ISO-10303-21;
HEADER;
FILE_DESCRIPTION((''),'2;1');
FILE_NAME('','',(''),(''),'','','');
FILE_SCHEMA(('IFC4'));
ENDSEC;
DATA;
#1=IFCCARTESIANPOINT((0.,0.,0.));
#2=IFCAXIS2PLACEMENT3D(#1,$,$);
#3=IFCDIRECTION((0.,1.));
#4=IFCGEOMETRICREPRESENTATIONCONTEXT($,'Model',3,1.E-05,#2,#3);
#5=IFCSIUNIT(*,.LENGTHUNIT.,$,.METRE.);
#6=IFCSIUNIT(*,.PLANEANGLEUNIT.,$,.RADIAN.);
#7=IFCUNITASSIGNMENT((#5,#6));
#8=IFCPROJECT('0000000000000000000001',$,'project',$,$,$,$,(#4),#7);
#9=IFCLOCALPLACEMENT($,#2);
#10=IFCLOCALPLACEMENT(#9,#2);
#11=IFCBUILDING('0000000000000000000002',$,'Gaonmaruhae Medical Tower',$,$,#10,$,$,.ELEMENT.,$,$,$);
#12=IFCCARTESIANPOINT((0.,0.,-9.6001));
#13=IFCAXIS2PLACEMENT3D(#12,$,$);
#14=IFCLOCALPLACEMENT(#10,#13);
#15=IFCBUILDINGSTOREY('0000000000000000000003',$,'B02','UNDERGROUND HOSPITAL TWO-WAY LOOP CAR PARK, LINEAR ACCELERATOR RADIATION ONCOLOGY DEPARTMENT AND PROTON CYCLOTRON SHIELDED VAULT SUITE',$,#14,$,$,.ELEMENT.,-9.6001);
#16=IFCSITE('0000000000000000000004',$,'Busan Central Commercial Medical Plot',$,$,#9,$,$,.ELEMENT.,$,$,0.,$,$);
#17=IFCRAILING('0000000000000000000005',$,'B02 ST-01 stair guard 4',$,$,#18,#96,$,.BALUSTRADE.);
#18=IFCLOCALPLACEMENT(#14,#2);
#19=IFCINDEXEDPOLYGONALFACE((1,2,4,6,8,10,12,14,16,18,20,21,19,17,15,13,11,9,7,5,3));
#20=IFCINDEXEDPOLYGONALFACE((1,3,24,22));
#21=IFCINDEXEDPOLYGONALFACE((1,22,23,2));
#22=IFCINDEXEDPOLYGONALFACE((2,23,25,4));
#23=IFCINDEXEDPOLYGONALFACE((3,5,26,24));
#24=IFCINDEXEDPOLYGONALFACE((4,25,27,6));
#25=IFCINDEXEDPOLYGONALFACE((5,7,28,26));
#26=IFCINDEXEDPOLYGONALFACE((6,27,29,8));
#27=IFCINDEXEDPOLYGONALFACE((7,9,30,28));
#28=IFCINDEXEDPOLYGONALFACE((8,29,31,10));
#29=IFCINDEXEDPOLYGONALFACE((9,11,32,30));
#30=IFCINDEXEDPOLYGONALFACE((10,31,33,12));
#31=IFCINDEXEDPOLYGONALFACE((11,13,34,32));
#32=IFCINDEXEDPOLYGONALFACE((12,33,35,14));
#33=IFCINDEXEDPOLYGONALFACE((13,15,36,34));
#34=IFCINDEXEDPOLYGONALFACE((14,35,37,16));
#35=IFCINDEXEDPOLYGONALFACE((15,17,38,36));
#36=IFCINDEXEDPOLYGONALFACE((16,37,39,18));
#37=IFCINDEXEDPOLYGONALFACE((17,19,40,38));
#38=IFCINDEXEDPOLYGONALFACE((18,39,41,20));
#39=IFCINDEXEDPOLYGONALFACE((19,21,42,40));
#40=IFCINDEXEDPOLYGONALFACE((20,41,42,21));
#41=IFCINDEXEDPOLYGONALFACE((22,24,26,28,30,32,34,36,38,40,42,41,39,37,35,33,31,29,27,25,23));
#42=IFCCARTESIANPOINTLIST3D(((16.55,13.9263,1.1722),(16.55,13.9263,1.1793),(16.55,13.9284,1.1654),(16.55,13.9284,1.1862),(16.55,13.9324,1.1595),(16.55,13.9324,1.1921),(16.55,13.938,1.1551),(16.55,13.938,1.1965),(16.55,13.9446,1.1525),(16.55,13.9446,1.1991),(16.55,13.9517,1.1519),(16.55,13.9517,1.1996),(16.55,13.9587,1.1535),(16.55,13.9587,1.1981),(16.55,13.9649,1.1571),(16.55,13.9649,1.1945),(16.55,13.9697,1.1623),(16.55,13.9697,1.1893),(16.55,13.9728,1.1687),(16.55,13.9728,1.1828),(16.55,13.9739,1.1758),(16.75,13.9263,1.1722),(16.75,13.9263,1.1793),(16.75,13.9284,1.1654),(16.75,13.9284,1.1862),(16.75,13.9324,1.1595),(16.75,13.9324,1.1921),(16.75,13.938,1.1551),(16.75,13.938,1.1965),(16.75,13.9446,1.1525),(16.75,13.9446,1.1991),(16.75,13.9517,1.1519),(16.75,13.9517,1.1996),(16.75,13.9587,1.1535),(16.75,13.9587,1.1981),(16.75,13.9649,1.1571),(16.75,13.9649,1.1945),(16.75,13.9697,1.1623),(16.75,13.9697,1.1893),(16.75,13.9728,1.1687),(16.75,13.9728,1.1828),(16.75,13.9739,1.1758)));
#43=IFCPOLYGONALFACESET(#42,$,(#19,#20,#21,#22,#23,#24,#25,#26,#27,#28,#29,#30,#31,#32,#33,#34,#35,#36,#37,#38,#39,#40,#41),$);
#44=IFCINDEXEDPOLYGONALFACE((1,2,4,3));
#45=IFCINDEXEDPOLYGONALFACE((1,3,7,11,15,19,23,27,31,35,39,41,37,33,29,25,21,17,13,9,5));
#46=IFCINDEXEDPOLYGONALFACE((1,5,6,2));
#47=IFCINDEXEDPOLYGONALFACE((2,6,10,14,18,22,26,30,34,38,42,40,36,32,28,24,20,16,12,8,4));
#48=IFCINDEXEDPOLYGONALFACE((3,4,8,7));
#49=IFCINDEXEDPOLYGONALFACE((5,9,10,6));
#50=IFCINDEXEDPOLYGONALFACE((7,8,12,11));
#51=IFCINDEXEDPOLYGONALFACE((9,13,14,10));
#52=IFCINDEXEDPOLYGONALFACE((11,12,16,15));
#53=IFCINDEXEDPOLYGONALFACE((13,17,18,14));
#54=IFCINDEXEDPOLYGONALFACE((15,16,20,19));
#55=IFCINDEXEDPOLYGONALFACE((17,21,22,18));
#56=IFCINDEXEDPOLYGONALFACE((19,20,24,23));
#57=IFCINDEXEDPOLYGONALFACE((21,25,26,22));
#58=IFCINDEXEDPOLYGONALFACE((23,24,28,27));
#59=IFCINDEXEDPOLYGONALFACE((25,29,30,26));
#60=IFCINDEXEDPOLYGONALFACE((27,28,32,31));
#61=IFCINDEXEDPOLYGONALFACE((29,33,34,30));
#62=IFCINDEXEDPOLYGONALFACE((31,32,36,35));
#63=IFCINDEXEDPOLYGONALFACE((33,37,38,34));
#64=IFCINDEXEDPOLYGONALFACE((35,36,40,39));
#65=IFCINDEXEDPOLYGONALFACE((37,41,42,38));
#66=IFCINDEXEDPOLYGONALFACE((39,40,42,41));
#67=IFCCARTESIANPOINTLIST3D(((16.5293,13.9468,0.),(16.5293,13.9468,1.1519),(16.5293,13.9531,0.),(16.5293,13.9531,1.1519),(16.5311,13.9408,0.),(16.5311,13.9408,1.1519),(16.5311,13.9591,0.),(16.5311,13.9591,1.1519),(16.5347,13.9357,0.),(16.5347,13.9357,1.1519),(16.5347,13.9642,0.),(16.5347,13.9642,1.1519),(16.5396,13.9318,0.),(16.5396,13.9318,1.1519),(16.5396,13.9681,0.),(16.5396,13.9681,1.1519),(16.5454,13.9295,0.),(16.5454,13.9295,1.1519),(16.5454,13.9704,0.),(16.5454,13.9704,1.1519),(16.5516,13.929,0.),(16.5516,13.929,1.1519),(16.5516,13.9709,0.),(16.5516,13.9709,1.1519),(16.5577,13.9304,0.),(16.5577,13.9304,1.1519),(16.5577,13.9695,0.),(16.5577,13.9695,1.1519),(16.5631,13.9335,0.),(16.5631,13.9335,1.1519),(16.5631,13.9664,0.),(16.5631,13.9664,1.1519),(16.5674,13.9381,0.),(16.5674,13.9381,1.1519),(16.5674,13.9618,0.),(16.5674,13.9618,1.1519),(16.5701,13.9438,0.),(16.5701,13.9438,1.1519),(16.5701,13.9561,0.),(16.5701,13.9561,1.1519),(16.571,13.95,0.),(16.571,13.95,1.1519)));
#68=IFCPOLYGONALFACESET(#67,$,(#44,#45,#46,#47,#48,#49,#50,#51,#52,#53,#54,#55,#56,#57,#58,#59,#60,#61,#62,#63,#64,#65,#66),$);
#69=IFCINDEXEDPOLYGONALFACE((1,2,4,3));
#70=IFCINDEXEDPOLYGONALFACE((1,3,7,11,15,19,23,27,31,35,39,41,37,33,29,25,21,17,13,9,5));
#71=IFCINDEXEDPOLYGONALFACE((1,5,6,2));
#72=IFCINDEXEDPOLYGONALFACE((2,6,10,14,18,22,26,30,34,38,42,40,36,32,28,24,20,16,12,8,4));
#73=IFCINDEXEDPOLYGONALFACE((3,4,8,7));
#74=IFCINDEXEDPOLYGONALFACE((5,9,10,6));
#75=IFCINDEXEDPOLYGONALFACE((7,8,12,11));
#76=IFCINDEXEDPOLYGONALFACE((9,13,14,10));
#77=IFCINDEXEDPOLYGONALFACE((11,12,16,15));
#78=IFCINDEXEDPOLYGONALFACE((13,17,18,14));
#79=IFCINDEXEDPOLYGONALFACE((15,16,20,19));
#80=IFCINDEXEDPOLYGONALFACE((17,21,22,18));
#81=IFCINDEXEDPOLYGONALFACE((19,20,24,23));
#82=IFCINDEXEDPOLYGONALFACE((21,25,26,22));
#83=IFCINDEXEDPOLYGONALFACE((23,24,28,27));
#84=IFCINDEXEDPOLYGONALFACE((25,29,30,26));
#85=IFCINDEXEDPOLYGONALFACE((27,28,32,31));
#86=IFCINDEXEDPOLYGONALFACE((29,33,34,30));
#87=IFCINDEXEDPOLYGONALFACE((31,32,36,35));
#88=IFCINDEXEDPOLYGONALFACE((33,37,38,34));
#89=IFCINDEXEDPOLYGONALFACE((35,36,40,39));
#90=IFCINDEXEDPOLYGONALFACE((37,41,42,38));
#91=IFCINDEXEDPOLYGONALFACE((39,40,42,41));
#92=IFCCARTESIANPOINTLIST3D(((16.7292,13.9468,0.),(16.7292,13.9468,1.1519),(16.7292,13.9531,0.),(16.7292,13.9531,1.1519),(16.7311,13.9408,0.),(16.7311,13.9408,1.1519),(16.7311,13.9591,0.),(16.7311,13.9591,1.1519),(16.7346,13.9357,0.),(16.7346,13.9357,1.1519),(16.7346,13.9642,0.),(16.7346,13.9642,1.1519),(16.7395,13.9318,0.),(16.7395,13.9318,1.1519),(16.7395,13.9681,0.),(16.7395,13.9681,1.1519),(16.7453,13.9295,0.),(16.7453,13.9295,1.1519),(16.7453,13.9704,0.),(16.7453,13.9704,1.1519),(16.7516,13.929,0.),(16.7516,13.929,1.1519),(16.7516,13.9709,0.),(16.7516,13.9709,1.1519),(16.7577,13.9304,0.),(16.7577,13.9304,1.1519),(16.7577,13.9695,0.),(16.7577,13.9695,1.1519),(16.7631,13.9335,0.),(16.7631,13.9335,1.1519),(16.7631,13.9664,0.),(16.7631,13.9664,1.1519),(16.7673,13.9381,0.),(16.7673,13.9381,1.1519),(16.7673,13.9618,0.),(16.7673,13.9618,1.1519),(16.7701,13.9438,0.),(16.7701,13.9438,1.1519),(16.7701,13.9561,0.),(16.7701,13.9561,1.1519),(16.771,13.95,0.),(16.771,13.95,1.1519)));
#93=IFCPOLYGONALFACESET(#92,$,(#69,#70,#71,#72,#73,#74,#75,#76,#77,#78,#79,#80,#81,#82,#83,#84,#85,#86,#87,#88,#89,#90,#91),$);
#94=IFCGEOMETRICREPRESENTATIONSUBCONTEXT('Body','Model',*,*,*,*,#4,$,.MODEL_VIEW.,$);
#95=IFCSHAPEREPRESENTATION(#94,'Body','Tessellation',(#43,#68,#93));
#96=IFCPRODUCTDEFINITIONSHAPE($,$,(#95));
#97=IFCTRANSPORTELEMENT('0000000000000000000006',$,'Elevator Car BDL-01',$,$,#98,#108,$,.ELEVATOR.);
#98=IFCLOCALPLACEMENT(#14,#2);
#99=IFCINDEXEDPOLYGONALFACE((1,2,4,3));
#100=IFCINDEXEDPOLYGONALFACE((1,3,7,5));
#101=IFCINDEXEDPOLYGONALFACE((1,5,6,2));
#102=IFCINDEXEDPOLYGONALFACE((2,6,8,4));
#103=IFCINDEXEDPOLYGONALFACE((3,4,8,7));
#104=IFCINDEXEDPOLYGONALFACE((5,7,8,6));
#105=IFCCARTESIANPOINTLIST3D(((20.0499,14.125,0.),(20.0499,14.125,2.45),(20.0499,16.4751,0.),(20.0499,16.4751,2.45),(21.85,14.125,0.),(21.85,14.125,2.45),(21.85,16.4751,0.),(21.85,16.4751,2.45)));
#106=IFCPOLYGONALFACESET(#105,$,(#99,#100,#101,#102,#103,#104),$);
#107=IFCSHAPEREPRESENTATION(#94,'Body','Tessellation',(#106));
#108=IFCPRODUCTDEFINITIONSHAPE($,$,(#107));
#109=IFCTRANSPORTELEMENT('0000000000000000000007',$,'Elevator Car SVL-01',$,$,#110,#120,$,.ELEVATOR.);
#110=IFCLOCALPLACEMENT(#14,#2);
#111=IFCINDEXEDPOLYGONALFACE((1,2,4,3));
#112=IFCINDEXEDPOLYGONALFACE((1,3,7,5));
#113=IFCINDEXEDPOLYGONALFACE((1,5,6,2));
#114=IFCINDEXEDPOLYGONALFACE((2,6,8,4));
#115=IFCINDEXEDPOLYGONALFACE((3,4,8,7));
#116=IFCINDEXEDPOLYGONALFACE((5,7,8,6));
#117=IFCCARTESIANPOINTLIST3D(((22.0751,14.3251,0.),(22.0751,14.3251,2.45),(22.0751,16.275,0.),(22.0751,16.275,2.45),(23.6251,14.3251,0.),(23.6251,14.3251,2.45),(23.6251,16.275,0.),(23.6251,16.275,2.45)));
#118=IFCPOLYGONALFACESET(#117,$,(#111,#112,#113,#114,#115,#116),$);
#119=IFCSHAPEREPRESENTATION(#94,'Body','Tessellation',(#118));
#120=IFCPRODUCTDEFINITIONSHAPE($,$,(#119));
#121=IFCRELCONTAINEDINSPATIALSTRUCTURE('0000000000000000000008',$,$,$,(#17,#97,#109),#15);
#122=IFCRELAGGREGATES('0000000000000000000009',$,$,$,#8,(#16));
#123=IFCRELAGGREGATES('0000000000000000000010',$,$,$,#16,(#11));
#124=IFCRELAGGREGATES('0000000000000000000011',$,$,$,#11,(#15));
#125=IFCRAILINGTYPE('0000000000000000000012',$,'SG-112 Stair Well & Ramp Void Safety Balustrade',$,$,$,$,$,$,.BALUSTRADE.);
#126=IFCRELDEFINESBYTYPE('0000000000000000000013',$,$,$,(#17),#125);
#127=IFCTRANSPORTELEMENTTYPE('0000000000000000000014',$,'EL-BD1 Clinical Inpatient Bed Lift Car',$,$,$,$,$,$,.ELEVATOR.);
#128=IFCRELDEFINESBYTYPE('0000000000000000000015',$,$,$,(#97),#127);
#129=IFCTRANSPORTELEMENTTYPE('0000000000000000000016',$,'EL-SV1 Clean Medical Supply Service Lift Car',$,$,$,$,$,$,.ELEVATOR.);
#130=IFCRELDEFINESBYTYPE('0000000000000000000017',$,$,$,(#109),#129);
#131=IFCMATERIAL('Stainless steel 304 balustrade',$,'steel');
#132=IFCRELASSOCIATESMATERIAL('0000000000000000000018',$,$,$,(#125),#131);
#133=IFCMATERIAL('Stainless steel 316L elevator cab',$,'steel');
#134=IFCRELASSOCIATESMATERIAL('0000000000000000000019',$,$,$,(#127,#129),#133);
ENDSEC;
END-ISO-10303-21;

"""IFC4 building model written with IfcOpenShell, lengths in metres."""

from ifc_helpers import new_model, si_unit, direction, frame, origin, origin_2d, place, context, subcontext, project, spatial, rectangle, circle, extrude, material, type_object, element, save


model = new_model("IFC4")

# Units and contexts
model_context = context("Model", 3, precision=1e-05, world=origin(), true_north=direction((0.0, 1.0)))
body_context = subcontext(model_context, "Body", "Model", "MODEL_VIEW")
ifc_project = project(units=[si_unit("LENGTHUNIT", "METRE"), si_unit("PLANEANGLEUNIT", "RADIAN")], contexts=[model_context])

# Site, building, storey
site_placement = place(None, origin())
site = spatial("IfcSite", under=ifc_project, at=site_placement, Name="Busan Central Commercial Medical Plot", CompositionType="ELEMENT", RefElevation=0.0)
building_placement = place(site_placement, origin())
building = spatial("IfcBuilding", under=site, at=building_placement, Name="Gaonmaruhae Medical Tower", CompositionType="ELEMENT")
storey_placement = place(building_placement, frame((0.0, 0.0, -9.6001)))
storey = spatial("IfcBuildingStorey", under=building, at=storey_placement, Name="B02", Description="UNDERGROUND HOSPITAL TWO-WAY LOOP CAR PARK, LINEAR ACCELERATOR RADIATION ONCOLOGY DEPARTMENT AND PROTON CYCLOTRON SHIELDED VAULT SUITE", CompositionType="ELEMENT", Elevation=-9.6001)

# Railing
ifc_material_1 = material(Name="Stainless steel 304 balustrade", Category="steel")
railing_type_1 = type_object("IfcRailingType", Name="SG-112 Stair Well & Ramp Void Safety Balustrade", PredefinedType="BALUSTRADE", material=ifc_material_1)
railing_1_placement = place(storey_placement, frame((16.55, 13.95, 0.0)))
element("IfcRailing", 1, at=railing_1_placement, inside=storey, type_object=railing_type_1, Name="B02 ST-01 stair guard 4", PredefinedType="BALUSTRADE", context=body_context, shape_type="SweptSolid", body=[
    extrude(circle(Radius=0.0239, at=origin_2d()), frame((0.0, 0.0, 1.1758), z_axis=(1.0, 0.0, 0.0), x_axis=(0.0, 1.0, 0.0)), (0.0, 0.0, 1.0), 0.2),
    extrude(circle(Radius=0.021, at=origin_2d()), origin(), (0.0, 0.0, 1.0), 1.1519),
    extrude(circle(Radius=0.021, at=origin_2d()), frame((0.2, 0.0, 0.0)), (0.0, 0.0, 1.0), 1.1519),
])

# Transport elements
ifc_material_2 = material(Name="Stainless steel 316L elevator cab", Category="steel")
transport_element_type_1 = type_object("IfcTransportElementType", Name="EL-BD1 Clinical Inpatient Bed Lift Car", PredefinedType="ELEVATOR", material=ifc_material_2)
transport_element_1_placement = place(storey_placement, frame((20.95, 15.3, 0.0), z_axis=(0.0, 0.0, 1.0), x_axis=(1.0, 0.0, 0.0)))
element("IfcTransportElement", 2, at=transport_element_1_placement, inside=storey, type_object=transport_element_type_1, Name="Elevator Car BDL-01", PredefinedType="ELEVATOR", context=body_context, shape_type="SweptSolid", body=[
    extrude(rectangle(XDim=1.8, YDim=2.3501, at=origin_2d()), origin(), (0.0, 0.0, 1.0), 2.45),
])
transport_element_type_2 = type_object("IfcTransportElementType", Name="EL-SV1 Clean Medical Supply Service Lift Car", PredefinedType="ELEVATOR", material=ifc_material_2)
transport_element_2_placement = place(storey_placement, frame((22.8501, 15.3, 0.0), z_axis=(0.0, 0.0, 1.0), x_axis=(1.0, 0.0, 0.0)))
element("IfcTransportElement", 3, at=transport_element_2_placement, inside=storey, type_object=transport_element_type_2, Name="Elevator Car SVL-01", PredefinedType="ELEVATOR", context=body_context, shape_type="SweptSolid", body=[
    extrude(rectangle(XDim=1.55, YDim=1.95, at=origin_2d()), origin(), (0.0, 0.0, 1.0), 2.45),
])

save(model, "model.ifc")
